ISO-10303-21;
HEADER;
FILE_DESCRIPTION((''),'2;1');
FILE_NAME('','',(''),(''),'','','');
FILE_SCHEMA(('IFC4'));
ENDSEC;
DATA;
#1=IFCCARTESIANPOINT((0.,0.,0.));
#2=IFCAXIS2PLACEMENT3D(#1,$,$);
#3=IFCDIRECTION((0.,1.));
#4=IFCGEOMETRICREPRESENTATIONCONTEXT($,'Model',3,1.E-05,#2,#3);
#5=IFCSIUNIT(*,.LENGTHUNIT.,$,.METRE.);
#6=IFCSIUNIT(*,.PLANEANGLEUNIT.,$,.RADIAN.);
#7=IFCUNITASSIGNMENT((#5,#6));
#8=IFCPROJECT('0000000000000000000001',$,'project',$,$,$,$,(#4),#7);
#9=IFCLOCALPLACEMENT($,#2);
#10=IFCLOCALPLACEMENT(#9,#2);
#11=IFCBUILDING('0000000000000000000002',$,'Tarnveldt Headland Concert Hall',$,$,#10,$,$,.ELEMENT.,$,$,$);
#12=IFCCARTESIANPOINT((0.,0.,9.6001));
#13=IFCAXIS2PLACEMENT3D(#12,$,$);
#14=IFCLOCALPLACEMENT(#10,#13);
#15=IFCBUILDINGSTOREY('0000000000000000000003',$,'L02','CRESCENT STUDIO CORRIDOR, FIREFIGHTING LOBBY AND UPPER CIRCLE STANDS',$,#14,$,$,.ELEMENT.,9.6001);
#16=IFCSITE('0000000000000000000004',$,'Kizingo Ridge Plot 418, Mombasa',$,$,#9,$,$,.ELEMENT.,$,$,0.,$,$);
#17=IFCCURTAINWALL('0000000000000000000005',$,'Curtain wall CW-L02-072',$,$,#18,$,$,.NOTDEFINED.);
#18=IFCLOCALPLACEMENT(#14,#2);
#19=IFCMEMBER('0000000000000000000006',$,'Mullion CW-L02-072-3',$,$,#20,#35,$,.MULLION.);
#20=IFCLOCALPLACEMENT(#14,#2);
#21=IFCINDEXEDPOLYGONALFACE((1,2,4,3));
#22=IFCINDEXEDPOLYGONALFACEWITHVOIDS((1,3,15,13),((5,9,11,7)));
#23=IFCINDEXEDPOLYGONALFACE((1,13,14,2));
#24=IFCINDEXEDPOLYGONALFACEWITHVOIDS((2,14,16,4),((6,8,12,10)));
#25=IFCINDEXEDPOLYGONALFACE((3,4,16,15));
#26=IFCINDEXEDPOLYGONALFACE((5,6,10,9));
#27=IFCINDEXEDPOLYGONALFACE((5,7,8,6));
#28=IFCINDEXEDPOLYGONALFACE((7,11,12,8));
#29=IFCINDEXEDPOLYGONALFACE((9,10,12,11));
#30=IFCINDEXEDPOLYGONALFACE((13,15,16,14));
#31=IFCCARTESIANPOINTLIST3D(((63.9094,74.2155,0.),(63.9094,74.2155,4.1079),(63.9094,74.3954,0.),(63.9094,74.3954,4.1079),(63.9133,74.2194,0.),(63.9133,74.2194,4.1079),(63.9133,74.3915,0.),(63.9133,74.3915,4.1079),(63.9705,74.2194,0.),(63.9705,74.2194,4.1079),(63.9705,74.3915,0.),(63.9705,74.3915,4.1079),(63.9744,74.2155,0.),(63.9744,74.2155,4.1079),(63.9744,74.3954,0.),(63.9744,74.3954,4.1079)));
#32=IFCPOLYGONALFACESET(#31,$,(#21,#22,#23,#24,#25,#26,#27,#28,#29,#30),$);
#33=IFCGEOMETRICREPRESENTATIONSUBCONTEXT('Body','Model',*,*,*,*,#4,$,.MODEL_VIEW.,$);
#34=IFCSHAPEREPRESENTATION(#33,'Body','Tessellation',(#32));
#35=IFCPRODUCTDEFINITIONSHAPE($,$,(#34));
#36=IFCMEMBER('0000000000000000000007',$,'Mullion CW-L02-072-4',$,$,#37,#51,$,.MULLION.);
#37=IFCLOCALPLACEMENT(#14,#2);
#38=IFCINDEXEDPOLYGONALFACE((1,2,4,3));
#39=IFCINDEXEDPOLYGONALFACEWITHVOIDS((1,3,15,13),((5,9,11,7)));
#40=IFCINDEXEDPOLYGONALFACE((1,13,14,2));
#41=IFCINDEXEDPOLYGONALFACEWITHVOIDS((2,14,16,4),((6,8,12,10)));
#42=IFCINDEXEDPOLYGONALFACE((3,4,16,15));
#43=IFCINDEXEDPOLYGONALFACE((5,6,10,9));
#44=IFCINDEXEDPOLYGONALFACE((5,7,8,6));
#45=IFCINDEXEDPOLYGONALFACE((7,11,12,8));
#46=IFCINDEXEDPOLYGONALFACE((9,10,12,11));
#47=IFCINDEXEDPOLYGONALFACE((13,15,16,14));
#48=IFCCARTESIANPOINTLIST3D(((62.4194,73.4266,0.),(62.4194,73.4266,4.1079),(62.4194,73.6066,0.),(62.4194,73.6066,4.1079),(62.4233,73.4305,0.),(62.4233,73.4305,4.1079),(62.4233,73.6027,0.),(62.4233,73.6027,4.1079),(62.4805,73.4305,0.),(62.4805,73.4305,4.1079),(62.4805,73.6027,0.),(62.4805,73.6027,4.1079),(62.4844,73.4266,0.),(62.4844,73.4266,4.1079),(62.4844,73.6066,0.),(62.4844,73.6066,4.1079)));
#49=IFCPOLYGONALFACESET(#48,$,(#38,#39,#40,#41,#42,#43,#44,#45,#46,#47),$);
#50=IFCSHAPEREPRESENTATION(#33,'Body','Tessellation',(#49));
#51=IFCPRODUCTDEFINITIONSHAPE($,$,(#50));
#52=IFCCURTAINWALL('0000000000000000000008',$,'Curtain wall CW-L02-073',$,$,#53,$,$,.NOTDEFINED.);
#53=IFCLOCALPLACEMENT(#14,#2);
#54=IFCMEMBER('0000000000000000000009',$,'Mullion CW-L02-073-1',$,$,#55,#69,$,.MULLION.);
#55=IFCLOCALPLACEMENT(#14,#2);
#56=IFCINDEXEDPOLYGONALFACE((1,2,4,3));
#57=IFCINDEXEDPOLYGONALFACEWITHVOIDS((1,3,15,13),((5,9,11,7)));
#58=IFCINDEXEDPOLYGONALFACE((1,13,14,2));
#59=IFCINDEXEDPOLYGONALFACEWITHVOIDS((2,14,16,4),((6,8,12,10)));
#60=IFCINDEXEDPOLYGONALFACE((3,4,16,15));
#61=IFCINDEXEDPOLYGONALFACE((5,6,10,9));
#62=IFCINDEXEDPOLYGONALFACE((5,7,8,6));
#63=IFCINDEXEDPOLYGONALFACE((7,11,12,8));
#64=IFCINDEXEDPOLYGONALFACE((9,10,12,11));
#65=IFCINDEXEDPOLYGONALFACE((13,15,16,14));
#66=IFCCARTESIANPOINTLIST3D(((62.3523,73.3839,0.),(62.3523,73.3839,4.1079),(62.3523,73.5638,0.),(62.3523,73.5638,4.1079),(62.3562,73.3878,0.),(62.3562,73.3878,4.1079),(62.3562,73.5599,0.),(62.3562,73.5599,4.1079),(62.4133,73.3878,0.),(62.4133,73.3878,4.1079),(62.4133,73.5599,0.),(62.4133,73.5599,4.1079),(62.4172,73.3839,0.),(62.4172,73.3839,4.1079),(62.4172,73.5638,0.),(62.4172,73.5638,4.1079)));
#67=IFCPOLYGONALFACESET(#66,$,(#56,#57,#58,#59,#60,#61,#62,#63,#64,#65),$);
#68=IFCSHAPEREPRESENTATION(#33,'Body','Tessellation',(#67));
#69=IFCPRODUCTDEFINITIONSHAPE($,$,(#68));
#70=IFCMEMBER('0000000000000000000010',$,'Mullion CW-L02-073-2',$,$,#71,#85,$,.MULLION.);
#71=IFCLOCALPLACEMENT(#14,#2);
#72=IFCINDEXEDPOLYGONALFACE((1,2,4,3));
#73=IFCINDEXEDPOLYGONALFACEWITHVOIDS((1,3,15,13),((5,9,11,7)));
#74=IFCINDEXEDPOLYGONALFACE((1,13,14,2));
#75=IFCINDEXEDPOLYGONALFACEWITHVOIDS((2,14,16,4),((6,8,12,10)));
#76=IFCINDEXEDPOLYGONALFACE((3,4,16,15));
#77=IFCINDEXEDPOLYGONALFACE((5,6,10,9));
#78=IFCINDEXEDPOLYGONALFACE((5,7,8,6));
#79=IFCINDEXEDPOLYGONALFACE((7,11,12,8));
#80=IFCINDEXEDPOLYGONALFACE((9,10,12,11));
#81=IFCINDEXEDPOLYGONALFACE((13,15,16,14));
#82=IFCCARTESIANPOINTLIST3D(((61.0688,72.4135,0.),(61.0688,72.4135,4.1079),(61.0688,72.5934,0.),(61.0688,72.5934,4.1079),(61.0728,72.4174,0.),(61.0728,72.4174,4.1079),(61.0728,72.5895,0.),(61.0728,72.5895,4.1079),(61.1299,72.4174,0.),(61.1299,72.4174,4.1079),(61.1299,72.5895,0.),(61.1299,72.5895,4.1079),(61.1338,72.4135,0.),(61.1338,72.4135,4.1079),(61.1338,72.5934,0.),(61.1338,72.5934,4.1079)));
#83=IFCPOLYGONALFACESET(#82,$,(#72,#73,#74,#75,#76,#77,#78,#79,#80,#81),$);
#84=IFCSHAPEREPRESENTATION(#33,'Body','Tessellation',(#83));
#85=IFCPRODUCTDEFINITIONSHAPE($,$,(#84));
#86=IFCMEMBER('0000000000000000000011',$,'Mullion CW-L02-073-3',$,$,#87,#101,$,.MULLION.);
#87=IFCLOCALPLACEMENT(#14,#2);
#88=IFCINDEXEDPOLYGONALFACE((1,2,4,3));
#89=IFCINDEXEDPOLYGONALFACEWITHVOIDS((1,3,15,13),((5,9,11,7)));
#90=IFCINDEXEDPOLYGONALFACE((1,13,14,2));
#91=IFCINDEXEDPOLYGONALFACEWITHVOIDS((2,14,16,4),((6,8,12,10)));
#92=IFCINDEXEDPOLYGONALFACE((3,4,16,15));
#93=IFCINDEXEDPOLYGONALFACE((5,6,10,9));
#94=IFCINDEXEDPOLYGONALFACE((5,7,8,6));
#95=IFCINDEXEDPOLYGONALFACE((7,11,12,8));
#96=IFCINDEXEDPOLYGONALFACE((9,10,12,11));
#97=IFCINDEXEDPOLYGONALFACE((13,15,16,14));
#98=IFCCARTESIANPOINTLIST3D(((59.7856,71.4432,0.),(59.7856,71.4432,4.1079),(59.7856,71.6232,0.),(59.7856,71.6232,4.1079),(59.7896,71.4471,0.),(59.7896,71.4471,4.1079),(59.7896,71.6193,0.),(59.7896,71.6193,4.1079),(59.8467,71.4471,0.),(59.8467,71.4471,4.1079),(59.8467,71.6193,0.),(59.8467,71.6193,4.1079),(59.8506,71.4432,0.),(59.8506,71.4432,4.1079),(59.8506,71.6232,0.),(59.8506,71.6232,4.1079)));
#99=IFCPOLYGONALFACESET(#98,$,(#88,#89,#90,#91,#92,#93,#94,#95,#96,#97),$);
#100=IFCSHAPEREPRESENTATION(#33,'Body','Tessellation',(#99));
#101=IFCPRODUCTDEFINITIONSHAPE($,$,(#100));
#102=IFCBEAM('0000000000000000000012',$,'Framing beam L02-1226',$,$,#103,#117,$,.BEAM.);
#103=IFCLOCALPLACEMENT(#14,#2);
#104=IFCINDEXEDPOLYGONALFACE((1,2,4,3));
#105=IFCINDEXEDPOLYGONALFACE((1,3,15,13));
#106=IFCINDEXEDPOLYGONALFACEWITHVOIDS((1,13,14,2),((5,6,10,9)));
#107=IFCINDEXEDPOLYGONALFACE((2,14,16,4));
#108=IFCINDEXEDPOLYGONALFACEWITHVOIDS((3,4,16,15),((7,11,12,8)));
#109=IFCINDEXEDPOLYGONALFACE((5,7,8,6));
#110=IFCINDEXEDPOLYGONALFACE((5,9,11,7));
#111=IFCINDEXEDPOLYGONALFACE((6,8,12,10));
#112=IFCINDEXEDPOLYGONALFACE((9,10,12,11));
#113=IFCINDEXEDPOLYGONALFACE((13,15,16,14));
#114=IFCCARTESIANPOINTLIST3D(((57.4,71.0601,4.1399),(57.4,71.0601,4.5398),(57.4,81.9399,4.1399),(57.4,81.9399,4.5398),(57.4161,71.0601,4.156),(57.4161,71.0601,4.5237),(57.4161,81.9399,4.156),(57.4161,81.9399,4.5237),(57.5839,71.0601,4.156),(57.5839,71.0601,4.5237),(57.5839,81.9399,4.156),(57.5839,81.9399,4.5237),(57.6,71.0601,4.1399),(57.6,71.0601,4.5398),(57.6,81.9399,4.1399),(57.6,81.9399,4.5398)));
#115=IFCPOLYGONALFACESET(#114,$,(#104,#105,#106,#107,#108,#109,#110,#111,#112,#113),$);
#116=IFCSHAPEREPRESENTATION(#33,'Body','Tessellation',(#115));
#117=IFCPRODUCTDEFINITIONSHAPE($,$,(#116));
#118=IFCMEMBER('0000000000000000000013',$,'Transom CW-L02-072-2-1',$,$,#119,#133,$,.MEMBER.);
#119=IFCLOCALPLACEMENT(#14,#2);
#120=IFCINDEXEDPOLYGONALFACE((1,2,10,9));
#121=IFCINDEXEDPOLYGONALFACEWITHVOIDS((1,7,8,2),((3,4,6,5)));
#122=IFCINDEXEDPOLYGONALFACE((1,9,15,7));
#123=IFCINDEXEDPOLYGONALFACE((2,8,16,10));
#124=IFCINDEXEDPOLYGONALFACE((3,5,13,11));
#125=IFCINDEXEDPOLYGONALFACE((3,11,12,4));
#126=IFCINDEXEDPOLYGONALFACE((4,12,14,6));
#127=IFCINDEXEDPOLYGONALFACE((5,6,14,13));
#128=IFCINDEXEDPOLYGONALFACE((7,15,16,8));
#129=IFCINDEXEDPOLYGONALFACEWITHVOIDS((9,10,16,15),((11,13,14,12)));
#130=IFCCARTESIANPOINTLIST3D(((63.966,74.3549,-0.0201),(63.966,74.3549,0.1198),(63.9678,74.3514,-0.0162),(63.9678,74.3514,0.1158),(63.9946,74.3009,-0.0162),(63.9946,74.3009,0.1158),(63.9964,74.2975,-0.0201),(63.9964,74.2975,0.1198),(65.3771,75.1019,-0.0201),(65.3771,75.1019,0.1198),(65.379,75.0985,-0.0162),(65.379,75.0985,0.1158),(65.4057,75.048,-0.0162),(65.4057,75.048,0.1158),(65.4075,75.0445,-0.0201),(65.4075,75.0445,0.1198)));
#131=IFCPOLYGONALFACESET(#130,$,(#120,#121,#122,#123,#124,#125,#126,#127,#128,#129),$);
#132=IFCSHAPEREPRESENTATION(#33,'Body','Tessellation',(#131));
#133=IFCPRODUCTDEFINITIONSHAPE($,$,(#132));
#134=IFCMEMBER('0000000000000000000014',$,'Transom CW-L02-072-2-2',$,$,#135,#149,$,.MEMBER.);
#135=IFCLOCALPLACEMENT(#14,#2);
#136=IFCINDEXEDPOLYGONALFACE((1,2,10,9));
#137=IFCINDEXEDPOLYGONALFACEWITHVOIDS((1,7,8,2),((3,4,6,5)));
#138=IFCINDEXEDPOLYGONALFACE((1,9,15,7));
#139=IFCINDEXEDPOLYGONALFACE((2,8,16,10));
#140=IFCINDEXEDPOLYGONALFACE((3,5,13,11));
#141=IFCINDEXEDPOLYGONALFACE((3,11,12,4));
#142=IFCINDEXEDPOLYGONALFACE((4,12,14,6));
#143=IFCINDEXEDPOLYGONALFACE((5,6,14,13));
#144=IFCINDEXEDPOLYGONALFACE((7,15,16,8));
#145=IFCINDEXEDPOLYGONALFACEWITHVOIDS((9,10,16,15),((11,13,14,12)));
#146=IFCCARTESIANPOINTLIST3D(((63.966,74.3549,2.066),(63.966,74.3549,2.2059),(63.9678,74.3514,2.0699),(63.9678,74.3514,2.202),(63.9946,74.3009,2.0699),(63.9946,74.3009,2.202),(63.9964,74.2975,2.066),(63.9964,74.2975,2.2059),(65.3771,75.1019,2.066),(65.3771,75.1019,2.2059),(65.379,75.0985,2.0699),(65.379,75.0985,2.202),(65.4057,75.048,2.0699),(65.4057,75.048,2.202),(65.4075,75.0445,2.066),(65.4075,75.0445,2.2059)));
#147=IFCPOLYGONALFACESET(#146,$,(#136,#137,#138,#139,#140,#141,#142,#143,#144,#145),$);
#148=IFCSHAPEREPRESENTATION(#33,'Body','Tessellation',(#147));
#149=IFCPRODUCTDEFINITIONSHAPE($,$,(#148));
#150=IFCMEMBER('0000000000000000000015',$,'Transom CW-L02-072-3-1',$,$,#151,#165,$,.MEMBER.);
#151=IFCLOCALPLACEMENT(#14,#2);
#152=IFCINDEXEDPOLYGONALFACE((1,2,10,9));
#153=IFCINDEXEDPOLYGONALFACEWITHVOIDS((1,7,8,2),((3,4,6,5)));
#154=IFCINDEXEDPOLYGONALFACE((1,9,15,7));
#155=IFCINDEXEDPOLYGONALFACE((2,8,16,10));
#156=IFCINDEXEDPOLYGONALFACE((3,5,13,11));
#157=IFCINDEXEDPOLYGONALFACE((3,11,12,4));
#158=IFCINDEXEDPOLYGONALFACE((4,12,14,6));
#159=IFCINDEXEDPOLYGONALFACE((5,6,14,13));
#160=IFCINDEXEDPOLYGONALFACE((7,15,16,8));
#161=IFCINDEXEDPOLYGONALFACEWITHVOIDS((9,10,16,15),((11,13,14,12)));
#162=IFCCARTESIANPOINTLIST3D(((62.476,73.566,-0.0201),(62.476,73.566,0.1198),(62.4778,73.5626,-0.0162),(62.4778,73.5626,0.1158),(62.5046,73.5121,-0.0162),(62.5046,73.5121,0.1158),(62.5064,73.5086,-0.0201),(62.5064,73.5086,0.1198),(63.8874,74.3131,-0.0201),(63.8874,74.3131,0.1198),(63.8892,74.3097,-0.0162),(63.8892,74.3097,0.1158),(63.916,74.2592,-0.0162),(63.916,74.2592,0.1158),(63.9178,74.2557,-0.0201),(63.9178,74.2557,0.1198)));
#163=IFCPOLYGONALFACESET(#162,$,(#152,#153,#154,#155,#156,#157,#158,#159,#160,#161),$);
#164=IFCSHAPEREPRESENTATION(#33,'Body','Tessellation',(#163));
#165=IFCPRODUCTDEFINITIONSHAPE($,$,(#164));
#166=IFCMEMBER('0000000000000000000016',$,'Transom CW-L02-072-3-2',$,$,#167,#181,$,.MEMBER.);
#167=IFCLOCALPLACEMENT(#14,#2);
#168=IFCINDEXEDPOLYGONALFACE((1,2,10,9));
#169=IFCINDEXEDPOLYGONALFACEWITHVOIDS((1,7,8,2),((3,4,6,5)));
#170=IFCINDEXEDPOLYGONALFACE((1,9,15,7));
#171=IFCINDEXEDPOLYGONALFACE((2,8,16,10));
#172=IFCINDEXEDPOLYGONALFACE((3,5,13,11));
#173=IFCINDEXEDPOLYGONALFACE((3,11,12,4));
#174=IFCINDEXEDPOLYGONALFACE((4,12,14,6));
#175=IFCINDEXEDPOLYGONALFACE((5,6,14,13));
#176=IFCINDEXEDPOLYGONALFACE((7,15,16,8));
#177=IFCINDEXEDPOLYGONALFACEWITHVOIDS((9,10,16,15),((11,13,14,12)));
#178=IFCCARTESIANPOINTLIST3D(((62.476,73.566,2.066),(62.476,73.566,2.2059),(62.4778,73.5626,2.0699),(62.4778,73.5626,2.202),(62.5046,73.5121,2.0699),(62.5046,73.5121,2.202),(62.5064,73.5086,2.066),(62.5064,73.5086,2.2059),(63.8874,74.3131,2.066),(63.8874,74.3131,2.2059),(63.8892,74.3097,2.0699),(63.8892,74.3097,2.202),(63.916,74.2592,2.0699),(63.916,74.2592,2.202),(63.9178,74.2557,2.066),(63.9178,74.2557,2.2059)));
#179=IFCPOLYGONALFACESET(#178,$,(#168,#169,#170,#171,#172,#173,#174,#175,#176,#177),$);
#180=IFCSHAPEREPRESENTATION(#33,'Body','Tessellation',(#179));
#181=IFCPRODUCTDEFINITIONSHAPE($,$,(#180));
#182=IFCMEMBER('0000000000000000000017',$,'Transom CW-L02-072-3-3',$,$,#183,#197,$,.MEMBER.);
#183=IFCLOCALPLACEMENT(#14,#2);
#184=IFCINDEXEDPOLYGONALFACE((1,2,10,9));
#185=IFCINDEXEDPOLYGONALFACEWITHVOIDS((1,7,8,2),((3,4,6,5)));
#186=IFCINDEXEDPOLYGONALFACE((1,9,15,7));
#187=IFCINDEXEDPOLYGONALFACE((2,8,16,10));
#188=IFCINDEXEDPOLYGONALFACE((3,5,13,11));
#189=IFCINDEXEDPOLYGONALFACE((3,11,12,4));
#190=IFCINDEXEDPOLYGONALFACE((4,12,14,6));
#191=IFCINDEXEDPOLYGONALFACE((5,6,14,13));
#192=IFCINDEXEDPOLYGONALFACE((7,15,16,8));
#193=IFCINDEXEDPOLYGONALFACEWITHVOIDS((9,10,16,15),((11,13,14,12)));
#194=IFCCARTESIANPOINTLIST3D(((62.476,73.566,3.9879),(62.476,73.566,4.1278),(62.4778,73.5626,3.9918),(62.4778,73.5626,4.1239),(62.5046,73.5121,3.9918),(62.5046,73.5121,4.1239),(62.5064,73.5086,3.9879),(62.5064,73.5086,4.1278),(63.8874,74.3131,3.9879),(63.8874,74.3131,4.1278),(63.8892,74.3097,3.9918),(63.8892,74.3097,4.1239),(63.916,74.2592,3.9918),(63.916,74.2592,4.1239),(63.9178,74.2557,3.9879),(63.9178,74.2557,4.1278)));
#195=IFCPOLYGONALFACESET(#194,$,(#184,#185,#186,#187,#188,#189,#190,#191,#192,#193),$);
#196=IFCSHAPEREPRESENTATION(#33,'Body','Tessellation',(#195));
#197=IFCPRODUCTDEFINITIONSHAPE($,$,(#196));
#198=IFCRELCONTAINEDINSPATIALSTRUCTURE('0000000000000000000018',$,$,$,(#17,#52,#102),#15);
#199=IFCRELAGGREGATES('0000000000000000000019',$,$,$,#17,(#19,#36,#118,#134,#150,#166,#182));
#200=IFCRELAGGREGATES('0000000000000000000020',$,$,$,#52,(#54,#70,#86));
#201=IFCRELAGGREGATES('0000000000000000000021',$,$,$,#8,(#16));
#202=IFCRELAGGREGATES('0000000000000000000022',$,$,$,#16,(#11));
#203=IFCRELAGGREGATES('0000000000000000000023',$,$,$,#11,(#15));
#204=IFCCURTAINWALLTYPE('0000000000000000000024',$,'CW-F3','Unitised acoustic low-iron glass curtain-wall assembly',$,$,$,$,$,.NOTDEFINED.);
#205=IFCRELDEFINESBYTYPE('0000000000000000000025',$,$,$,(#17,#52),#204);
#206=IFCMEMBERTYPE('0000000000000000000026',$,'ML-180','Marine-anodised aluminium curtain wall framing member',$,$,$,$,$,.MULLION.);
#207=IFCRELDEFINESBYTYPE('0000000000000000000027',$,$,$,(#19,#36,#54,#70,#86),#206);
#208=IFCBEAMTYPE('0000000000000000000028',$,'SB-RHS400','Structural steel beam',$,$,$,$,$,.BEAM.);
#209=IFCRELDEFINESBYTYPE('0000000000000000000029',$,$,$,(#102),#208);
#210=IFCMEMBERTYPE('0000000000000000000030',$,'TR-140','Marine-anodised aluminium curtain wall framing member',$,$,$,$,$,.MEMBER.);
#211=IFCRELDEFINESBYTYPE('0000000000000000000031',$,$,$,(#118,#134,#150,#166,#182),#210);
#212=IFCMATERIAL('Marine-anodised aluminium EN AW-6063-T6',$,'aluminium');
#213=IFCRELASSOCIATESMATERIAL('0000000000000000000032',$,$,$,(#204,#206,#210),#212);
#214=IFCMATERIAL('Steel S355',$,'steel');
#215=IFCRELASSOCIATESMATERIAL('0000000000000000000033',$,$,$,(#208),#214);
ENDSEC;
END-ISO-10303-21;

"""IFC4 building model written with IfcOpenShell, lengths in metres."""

from ifc_helpers import new_model, si_unit, direction, frame, origin, origin_2d, place, context, subcontext, project, spatial, hollow_rectangle, extrude, material, material_profile, profile_set, type_object, element, aggregate, save


model = new_model("IFC4")

# Units and contexts
model_context = context("Model", 3, precision=1e-05, world=origin(), true_north=direction((0.0, 1.0)))
body_context = subcontext(model_context, "Body", "Model", "MODEL_VIEW")
ifc_project = project(units=[si_unit("LENGTHUNIT", "METRE"), si_unit("PLANEANGLEUNIT", "RADIAN")], contexts=[model_context])

# Site, building, storey
site_placement = place(None, origin())
site = spatial("IfcSite", under=ifc_project, at=site_placement, Name="Kizingo Ridge Plot 418, Mombasa", CompositionType="ELEMENT", RefElevation=0.0)
building_placement = place(site_placement, origin())
building = spatial("IfcBuilding", under=site, at=building_placement, Name="Tarnveldt Headland Concert Hall", CompositionType="ELEMENT")
storey_placement = place(building_placement, frame((0.0, 0.0, 9.6001)))
storey = spatial("IfcBuildingStorey", under=building, at=storey_placement, Name="L02", Description="CRESCENT STUDIO CORRIDOR, FIREFIGHTING LOBBY AND UPPER CIRCLE STANDS", CompositionType="ELEMENT", Elevation=9.6001)

# Curtain walls, members
ifc_material_1 = material(Name="Marine-anodised aluminium EN AW-6063-T6", Category="aluminium")
curtain_wall_type = type_object("IfcCurtainWallType", Name="CW-F3", Description="Unitised acoustic low-iron glass curtain-wall assembly", PredefinedType="NOTDEFINED", material=ifc_material_1)
curtain_wall_1_placement = place(storey_placement, origin())
curtain_wall_1 = element("IfcCurtainWall", 1, at=curtain_wall_1_placement, inside=storey, type_object=curtain_wall_type, Name="Curtain wall CW-L02-072", PredefinedType="NOTDEFINED")
ifc_material_profile_1 = material_profile(ifc_material_1, hollow_rectangle(XDim=0.0649, YDim=0.1799, WallThickness=0.0039, at=origin_2d()), Name="ALU MULLION 65x180x4", Category="aluminium")
ifc_profile_set_1 = profile_set([ifc_material_profile_1], Name="Marine-anodised aluminium EN AW-6063-T6")
member_type_1 = type_object("IfcMemberType", Name="ML-180", Description="Marine-anodised aluminium curtain wall framing member", PredefinedType="MULLION", material=ifc_profile_set_1)
member_1_placement = place(storey_placement, frame((63.9419, 74.3054, 0.0), z_axis=(0.0, 0.0, 1.0), x_axis=(1.0, 0.0, 0.0)))
member_1 = element("IfcMember", 2, at=member_1_placement, type_object=member_type_1, Name="Mullion CW-L02-072-3", PredefinedType="MULLION", context=body_context, shape_type="SweptSolid", body=[
    extrude(hollow_rectangle(XDim=0.0649, YDim=0.1799, WallThickness=0.0039, at=origin_2d()), origin(), (0.0, 0.0, 1.0), 4.1079),
])
member_2_placement = place(storey_placement, frame((62.4519, 73.5166, 0.0), z_axis=(0.0, 0.0, 1.0), x_axis=(1.0, 0.0, 0.0)))
member_2 = element("IfcMember", 3, at=member_2_placement, type_object=member_type_1, Name="Mullion CW-L02-072-4", PredefinedType="MULLION", context=body_context, shape_type="SweptSolid", body=[
    extrude(hollow_rectangle(XDim=0.0649, YDim=0.1799, WallThickness=0.0039, at=origin_2d()), origin(), (0.0, 0.0, 1.0), 4.1079),
])
curtain_wall_2_placement = place(storey_placement, origin())
curtain_wall_2 = element("IfcCurtainWall", 4, at=curtain_wall_2_placement, inside=storey, type_object=curtain_wall_type, Name="Curtain wall CW-L02-073", PredefinedType="NOTDEFINED")
member_3_placement = place(storey_placement, frame((62.3848, 73.4739, 0.0), z_axis=(0.0, 0.0, 1.0), x_axis=(1.0, 0.0, 0.0)))
member_3 = element("IfcMember", 5, at=member_3_placement, type_object=member_type_1, Name="Mullion CW-L02-073-1", PredefinedType="MULLION", context=body_context, shape_type="SweptSolid", body=[
    extrude(hollow_rectangle(XDim=0.0649, YDim=0.1799, WallThickness=0.0039, at=origin_2d()), origin(), (0.0, 0.0, 1.0), 4.1079),
])
member_4_placement = place(storey_placement, frame((61.1013, 72.5034, 0.0), z_axis=(0.0, 0.0, 1.0), x_axis=(1.0, 0.0, 0.0)))
member_4 = element("IfcMember", 6, at=member_4_placement, type_object=member_type_1, Name="Mullion CW-L02-073-2", PredefinedType="MULLION", context=body_context, shape_type="SweptSolid", body=[
    extrude(hollow_rectangle(XDim=0.0649, YDim=0.1799, WallThickness=0.0039, at=origin_2d()), origin(), (0.0, 0.0, 1.0), 4.1079),
])
member_5_placement = place(storey_placement, frame((59.8181, 71.5332, 0.0), z_axis=(0.0, 0.0, 1.0), x_axis=(1.0, 0.0, 0.0)))
member_5 = element("IfcMember", 7, at=member_5_placement, type_object=member_type_1, Name="Mullion CW-L02-073-3", PredefinedType="MULLION", context=body_context, shape_type="SweptSolid", body=[
    extrude(hollow_rectangle(XDim=0.0649, YDim=0.1799, WallThickness=0.0039, at=origin_2d()), origin(), (0.0, 0.0, 1.0), 4.1079),
])

# Beam
ifc_material_2 = material(Name="Steel S355", Category="steel")
ifc_material_profile_2 = material_profile(ifc_material_2, hollow_rectangle(XDim=0.2, YDim=0.3999, WallThickness=0.0161, at=origin_2d()), Name="RHS 400x200x16", Category="steel")
ifc_profile_set_2 = profile_set([ifc_material_profile_2], Name="Steel S355")
beam_type = type_object("IfcBeamType", Name="SB-RHS400", Description="Structural steel beam", PredefinedType="BEAM", material=ifc_profile_set_2)
beam_placement = place(storey_placement, frame((57.5, 71.0601, 4.3398), z_axis=(0.0, 1.0, 0.0), x_axis=(-1.0, 0.0, 0.0)))
element("IfcBeam", 8, at=beam_placement, inside=storey, type_object=beam_type, Name="Framing beam L02-1226", PredefinedType="BEAM", context=body_context, shape_type="SweptSolid", body=[
    extrude(hollow_rectangle(XDim=0.2, YDim=0.3999, WallThickness=0.0161, at=origin_2d()), origin(), (0.0, 0.0, 1.0), 10.8799),
])

# Members
ifc_material_profile_3 = material_profile(ifc_material_1, hollow_rectangle(XDim=0.0649, YDim=0.1399, WallThickness=0.0039, at=origin_2d()), Name="ALU TRANSOM 65x140x4", Category="aluminium")
ifc_profile_set_3 = profile_set([ifc_material_profile_3], Name="Marine-anodised aluminium EN AW-6063-T6")
member_type_2 = type_object("IfcMemberType", Name="TR-140", Description="Marine-anodised aluminium curtain wall framing member", PredefinedType="MEMBER", material=ifc_profile_set_3)
member_6_placement = place(storey_placement, frame((65.3923, 75.0732, 0.0498), z_axis=(-0.883788, -0.467888, 0.0), x_axis=(0.467888, -0.883788, 0.0)))
member_6 = element("IfcMember", 9, at=member_6_placement, type_object=member_type_2, Name="Transom CW-L02-072-2-1", PredefinedType="MEMBER", context=body_context, shape_type="SweptSolid", body=[
    extrude(hollow_rectangle(XDim=0.0649, YDim=0.1399, WallThickness=0.0039, at=origin_2d()), origin(), (0.0, 0.0, 1.0), 1.5967),
])
member_7_placement = place(storey_placement, frame((65.3923, 75.0732, 2.136), z_axis=(-0.883788, -0.467888, 0.0), x_axis=(0.467888, -0.883788, 0.0)))
member_7 = element("IfcMember", 10, at=member_7_placement, type_object=member_type_2, Name="Transom CW-L02-072-2-2", PredefinedType="MEMBER", context=body_context, shape_type="SweptSolid", body=[
    extrude(hollow_rectangle(XDim=0.0649, YDim=0.1399, WallThickness=0.0039, at=origin_2d()), origin(), (0.0, 0.0, 1.0), 1.5967),
])
member_8_placement = place(storey_placement, frame((63.9026, 74.2844, 0.0498), z_axis=(-0.883821, -0.467824, 0.0), x_axis=(0.467824, -0.883821, 0.0)))
member_8 = element("IfcMember", 11, at=member_8_placement, type_object=member_type_2, Name="Transom CW-L02-072-3-1", PredefinedType="MEMBER", context=body_context, shape_type="SweptSolid", body=[
    extrude(hollow_rectangle(XDim=0.0649, YDim=0.1399, WallThickness=0.0039, at=origin_2d()), origin(), (0.0, 0.0, 1.0), 1.5969),
])
member_9_placement = place(storey_placement, frame((63.9026, 74.2844, 2.136), z_axis=(-0.883821, -0.467824, 0.0), x_axis=(0.467824, -0.883821, 0.0)))
member_9 = element("IfcMember", 12, at=member_9_placement, type_object=member_type_2, Name="Transom CW-L02-072-3-2", PredefinedType="MEMBER", context=body_context, shape_type="SweptSolid", body=[
    extrude(hollow_rectangle(XDim=0.0649, YDim=0.1399, WallThickness=0.0039, at=origin_2d()), origin(), (0.0, 0.0, 1.0), 1.5969),
])
member_10_placement = place(storey_placement, frame((63.9026, 74.2844, 4.0579), z_axis=(-0.883821, -0.467824, 0.0), x_axis=(0.467824, -0.883821, 0.0)))
member_10 = element("IfcMember", 13, at=member_10_placement, type_object=member_type_2, Name="Transom CW-L02-072-3-3", PredefinedType="MEMBER", context=body_context, shape_type="SweptSolid", body=[
    extrude(hollow_rectangle(XDim=0.0649, YDim=0.1399, WallThickness=0.0039, at=origin_2d()), origin(), (0.0, 0.0, 1.0), 1.5969),
])

aggregate(curtain_wall_1, [member_1, member_2, member_6, member_7, member_8, member_9, member_10])
aggregate(curtain_wall_2, [member_3, member_4, member_5])

save(model, "model.ifc")
